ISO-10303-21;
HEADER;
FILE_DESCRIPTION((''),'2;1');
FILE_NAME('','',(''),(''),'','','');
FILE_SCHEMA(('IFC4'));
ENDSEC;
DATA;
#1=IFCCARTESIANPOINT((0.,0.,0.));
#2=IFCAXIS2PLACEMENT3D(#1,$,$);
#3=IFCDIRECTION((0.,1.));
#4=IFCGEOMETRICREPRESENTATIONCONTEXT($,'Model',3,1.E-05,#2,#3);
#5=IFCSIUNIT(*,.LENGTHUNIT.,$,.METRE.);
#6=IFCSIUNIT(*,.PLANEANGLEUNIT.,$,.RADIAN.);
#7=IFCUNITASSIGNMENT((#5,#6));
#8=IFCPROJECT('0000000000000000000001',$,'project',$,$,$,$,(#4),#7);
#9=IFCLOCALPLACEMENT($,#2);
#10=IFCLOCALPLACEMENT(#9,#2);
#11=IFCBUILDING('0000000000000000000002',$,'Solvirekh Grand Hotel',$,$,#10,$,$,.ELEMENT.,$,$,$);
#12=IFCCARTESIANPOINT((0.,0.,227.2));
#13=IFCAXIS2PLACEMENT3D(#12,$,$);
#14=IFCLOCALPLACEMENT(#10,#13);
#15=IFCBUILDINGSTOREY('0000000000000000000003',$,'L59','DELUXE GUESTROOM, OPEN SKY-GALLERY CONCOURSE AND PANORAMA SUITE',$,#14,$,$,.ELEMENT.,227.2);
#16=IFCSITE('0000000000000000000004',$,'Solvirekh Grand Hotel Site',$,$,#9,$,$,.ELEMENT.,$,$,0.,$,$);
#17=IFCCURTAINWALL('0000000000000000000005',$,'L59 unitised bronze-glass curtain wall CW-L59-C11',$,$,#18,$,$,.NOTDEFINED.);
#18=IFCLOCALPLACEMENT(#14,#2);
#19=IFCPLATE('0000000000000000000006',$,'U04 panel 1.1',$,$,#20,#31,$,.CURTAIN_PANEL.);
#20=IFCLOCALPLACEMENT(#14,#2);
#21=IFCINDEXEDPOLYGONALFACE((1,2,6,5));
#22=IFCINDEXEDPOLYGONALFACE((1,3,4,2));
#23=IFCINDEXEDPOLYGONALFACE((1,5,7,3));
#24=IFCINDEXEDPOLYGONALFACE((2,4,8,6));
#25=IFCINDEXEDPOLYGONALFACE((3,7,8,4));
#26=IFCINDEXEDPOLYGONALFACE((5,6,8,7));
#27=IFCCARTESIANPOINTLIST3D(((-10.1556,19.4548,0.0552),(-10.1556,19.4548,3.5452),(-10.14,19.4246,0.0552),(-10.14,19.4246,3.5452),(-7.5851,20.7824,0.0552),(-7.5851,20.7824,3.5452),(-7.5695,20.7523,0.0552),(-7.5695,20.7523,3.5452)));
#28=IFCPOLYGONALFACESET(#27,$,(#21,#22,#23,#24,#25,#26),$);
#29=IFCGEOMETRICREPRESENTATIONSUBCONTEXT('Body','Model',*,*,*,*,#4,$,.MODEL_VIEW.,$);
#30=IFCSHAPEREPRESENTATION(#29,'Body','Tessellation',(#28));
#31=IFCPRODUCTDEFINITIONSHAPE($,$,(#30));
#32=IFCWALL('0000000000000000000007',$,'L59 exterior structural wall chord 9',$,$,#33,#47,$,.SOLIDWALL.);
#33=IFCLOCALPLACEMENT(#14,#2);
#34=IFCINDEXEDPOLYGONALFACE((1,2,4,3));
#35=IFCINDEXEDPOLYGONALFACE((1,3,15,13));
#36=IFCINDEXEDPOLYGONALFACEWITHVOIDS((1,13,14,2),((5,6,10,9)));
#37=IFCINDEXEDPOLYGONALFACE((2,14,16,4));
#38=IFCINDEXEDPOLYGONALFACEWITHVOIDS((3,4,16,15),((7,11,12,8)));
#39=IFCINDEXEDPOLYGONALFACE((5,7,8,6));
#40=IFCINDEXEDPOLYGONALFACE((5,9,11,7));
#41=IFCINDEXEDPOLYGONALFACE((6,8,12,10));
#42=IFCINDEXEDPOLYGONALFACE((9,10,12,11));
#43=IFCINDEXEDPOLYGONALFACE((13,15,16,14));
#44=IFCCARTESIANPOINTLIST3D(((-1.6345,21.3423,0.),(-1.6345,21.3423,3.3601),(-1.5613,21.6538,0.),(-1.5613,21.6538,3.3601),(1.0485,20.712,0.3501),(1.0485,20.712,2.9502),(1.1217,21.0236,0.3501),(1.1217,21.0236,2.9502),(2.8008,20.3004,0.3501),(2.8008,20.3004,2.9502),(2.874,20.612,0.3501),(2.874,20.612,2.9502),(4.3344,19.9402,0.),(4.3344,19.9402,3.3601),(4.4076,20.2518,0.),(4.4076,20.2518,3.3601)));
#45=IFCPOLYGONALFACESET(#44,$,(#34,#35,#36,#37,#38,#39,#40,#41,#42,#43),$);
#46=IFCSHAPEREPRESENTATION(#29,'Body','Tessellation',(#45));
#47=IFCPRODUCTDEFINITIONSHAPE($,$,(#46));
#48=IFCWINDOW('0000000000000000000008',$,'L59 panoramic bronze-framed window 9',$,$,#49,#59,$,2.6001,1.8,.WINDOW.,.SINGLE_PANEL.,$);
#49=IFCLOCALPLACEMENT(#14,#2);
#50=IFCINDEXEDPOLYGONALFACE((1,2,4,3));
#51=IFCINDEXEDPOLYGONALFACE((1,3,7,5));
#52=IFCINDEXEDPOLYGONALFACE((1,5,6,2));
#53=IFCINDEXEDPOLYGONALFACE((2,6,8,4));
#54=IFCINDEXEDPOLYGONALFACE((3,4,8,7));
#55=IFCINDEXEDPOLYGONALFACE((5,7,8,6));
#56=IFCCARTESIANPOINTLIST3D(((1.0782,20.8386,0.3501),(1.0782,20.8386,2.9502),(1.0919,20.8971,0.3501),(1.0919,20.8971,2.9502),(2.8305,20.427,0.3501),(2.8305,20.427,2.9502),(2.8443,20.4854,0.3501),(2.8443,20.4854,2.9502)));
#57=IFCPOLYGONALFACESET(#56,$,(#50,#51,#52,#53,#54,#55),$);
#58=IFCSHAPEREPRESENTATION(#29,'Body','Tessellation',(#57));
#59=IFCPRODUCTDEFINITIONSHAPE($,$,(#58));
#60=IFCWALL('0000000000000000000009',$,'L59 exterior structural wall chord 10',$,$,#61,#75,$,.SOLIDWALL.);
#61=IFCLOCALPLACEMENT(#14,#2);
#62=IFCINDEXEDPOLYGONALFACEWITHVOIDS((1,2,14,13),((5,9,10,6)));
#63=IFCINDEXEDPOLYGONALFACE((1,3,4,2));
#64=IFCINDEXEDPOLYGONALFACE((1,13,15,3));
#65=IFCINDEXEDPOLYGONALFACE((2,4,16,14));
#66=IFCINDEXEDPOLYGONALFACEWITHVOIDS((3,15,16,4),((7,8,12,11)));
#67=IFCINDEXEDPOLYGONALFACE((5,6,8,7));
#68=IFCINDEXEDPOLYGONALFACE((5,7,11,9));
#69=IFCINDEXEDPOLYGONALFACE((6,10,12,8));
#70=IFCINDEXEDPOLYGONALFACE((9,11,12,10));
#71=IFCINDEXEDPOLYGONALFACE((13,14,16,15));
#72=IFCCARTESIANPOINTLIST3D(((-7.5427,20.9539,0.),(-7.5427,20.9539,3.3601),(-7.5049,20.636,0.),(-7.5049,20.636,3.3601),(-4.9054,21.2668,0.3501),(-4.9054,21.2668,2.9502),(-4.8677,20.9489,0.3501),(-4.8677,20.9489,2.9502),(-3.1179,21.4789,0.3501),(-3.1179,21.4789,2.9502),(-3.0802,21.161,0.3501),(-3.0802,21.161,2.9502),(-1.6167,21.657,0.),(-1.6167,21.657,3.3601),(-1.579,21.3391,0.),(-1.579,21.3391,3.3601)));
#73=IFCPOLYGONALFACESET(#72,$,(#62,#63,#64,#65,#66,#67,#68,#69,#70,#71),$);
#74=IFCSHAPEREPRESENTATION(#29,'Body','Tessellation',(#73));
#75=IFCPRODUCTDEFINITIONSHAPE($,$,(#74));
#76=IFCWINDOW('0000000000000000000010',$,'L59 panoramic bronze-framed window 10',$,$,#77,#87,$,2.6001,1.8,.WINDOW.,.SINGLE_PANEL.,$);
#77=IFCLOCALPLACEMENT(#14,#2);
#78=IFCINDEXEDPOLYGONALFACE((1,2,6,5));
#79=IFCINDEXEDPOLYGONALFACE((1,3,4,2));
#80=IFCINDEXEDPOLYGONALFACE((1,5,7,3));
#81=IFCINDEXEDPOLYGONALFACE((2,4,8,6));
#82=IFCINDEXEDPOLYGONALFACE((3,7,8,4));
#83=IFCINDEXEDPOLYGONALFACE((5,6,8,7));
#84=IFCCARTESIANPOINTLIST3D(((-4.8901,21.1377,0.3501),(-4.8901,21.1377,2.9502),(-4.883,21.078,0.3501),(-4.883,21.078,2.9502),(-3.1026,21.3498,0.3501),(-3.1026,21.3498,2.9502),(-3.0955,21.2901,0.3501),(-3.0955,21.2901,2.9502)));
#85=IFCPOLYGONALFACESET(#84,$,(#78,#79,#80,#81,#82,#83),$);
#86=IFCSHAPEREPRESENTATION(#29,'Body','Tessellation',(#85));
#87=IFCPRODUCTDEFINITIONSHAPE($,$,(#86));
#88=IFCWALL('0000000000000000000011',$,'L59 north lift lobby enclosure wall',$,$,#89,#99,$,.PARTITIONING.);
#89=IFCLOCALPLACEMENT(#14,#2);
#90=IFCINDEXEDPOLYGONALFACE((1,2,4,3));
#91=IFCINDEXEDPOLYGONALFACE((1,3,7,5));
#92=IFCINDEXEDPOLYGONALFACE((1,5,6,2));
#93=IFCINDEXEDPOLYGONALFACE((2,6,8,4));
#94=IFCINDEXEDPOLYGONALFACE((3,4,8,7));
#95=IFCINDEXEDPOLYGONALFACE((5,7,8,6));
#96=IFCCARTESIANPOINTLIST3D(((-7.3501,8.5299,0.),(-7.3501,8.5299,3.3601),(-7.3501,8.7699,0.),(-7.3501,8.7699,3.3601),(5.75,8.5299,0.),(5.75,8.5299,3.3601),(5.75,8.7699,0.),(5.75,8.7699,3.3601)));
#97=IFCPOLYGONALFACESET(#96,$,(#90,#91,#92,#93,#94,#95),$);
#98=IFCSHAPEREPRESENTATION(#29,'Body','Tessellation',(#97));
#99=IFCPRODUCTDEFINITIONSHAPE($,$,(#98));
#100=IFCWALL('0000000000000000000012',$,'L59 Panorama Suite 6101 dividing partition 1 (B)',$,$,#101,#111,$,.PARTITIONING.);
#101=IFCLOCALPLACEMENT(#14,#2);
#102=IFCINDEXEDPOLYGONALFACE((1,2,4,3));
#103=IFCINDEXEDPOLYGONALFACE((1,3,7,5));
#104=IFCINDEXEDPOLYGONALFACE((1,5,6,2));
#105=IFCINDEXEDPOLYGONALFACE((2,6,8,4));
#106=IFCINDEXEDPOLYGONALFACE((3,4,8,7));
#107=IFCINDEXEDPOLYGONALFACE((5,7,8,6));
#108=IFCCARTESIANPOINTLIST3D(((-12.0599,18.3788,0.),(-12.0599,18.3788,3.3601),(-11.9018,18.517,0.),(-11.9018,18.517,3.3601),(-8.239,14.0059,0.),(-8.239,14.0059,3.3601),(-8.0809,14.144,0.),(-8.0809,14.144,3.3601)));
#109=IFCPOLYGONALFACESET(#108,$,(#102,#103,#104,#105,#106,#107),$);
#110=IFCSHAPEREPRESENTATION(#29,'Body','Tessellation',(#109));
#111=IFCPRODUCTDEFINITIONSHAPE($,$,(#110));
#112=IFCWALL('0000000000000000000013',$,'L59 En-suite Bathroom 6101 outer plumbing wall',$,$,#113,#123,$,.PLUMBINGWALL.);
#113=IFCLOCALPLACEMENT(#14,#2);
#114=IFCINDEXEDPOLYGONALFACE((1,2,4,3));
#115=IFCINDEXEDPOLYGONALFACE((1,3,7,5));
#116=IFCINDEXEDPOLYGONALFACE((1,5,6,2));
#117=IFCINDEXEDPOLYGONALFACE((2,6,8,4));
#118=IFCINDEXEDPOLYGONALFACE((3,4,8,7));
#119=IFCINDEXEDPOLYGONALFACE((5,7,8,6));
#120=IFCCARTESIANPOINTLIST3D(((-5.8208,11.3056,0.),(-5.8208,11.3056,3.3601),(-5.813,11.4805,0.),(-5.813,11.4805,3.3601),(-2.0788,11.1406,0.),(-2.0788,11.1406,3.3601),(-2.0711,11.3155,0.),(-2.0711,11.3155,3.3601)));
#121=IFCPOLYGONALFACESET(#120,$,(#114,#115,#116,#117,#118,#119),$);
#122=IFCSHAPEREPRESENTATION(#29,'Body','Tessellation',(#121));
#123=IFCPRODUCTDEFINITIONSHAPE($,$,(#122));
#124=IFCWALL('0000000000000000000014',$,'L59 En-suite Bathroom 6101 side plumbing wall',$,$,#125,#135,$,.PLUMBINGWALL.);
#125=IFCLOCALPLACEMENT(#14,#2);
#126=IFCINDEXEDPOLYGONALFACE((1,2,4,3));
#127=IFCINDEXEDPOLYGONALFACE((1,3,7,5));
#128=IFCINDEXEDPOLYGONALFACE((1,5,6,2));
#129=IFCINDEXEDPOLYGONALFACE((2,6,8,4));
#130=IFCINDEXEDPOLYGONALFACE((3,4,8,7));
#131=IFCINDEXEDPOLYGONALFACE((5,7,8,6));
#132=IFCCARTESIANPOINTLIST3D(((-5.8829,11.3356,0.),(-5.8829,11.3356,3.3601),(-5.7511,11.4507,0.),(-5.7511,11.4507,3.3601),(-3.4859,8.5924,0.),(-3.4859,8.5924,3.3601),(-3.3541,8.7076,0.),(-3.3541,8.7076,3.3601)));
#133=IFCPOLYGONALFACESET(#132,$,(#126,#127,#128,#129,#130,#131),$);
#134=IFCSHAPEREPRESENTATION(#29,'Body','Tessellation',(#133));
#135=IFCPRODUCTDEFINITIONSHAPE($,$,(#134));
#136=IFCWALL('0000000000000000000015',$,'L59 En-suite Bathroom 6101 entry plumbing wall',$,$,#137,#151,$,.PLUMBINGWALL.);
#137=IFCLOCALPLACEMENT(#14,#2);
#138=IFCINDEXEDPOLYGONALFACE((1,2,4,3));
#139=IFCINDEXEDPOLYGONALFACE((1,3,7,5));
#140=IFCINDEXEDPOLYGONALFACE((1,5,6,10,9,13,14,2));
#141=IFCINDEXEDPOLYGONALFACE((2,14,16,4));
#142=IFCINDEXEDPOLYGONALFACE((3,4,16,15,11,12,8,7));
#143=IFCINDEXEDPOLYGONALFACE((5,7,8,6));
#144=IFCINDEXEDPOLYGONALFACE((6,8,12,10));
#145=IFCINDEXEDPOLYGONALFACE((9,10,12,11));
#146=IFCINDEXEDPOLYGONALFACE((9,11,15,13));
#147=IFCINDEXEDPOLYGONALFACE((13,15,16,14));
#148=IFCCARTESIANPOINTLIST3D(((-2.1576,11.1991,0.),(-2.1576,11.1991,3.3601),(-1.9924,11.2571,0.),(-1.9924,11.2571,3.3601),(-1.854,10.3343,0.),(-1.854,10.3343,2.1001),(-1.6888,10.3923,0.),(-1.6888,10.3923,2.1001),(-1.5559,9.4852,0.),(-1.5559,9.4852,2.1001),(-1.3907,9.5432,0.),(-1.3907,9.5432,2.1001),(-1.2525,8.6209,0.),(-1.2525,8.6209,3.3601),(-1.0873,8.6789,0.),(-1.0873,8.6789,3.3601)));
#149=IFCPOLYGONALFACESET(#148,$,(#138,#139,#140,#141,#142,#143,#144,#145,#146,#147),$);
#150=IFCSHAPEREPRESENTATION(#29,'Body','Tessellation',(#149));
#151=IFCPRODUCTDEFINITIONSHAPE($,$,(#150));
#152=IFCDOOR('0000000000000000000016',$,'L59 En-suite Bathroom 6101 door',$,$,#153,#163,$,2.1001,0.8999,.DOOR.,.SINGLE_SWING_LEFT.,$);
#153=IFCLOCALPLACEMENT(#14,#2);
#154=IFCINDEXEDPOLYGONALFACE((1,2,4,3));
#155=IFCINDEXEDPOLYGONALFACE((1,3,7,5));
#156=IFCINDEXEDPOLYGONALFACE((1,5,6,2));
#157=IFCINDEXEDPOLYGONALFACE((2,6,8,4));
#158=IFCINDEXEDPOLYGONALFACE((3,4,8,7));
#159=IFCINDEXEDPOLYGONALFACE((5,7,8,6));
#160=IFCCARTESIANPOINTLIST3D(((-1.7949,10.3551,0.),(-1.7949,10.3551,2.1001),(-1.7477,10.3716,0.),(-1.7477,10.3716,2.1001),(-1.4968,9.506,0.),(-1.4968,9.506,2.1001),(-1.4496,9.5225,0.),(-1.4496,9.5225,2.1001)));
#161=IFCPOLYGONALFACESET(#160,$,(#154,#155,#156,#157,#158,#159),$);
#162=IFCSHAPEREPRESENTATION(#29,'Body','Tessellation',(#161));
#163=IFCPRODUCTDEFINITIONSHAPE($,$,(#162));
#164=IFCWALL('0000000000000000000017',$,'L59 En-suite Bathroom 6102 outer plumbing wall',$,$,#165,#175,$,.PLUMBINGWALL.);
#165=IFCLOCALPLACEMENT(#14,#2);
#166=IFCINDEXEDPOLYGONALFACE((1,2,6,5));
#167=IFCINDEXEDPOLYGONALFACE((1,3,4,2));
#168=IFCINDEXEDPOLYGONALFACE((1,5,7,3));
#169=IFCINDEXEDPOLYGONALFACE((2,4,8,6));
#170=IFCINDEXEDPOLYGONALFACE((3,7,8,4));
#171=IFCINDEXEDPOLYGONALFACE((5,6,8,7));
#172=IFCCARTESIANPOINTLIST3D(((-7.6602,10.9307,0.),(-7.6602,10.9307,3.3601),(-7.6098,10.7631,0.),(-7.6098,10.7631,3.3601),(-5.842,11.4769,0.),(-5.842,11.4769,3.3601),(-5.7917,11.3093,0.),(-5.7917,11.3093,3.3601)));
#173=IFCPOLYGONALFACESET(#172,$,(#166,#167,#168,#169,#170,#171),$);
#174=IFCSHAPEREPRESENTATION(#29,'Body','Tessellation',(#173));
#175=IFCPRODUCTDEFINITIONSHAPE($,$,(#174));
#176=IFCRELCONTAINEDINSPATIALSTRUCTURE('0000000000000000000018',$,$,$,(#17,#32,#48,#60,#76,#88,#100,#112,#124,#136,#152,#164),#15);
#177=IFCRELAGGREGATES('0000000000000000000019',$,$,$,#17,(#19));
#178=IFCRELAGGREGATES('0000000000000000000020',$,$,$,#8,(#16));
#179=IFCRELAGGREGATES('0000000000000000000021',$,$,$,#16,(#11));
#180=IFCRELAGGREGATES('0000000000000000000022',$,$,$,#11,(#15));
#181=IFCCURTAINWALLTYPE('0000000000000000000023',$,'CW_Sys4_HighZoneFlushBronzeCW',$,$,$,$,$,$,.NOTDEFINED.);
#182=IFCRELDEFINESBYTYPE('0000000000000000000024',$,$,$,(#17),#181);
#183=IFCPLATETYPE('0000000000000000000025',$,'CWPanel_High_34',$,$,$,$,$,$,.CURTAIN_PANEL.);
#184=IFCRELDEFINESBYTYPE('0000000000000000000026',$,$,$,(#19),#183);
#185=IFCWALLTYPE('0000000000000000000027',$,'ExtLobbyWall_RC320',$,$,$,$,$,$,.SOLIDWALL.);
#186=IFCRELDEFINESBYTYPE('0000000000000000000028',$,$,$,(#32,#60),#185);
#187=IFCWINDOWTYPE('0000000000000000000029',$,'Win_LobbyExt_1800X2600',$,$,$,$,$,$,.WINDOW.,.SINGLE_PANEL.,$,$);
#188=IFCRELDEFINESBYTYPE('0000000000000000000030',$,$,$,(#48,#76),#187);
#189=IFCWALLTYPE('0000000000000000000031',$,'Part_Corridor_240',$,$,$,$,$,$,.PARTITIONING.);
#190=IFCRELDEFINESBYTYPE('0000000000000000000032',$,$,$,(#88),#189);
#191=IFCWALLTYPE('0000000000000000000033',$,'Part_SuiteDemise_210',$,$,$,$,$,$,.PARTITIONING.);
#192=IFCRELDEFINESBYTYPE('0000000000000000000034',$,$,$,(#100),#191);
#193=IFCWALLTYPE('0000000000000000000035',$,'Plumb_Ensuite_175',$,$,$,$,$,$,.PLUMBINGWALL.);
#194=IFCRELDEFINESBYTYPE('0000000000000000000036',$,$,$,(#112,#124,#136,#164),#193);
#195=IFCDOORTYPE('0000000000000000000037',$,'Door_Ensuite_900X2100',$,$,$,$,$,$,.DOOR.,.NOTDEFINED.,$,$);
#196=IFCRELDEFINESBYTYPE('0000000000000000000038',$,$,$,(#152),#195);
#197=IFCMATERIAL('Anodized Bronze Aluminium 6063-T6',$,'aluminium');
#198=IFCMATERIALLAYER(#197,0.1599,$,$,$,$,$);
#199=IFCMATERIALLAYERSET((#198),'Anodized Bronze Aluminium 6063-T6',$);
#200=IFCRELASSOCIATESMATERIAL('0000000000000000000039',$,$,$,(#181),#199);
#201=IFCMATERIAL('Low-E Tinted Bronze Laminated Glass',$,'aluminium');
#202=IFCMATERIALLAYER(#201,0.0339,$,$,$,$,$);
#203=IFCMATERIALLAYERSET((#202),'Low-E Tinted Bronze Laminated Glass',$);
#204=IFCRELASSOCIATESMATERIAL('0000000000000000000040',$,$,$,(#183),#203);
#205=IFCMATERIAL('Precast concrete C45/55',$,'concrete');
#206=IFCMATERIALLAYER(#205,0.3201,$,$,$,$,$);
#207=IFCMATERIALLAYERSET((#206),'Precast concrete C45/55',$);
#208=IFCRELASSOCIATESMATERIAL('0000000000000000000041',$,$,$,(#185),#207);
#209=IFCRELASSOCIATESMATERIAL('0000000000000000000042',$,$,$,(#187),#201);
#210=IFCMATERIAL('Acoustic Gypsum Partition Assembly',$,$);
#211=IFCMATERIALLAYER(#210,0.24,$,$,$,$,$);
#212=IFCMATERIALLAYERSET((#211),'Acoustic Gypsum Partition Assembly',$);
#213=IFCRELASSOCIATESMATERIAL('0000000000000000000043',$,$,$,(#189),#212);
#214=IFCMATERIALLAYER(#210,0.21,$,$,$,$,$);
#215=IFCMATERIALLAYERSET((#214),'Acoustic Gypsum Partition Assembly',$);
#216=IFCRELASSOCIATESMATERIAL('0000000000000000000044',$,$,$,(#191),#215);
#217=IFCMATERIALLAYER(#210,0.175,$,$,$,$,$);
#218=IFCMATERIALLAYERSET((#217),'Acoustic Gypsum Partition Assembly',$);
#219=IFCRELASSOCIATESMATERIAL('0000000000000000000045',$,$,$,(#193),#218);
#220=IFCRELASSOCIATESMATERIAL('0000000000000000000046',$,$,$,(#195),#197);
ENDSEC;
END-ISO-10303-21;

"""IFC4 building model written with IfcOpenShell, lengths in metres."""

from ifc_helpers import new_model, si_unit, direction, frame, frame_2d, origin, origin_2d, place, context, subcontext, project, spatial, rectangle, extrude, source, transform, mapped, material, layer, layer_set, type_object, element, fill, aggregate, save


model = new_model("IFC4")

# Units and contexts
model_context = context("Model", 3, precision=1e-05, world=origin(), true_north=direction((0.0, 1.0)))
body_context = subcontext(model_context, "Body", "Model", "MODEL_VIEW")
ifc_project = project(units=[si_unit("LENGTHUNIT", "METRE"), si_unit("PLANEANGLEUNIT", "RADIAN")], contexts=[model_context])

# Site, building, storey
site_placement = place(None, origin())
site = spatial("IfcSite", under=ifc_project, at=site_placement, Name="Solvirekh Grand Hotel Site", CompositionType="ELEMENT", RefElevation=0.0)
building_placement = place(site_placement, origin())
building = spatial("IfcBuilding", under=site, at=building_placement, Name="Solvirekh Grand Hotel", CompositionType="ELEMENT")
storey_placement = place(building_placement, frame((0.0, 0.0, 227.2)))
storey = spatial("IfcBuildingStorey", under=building, at=storey_placement, Name="L59", Description="DELUXE GUESTROOM, OPEN SKY-GALLERY CONCOURSE AND PANORAMA SUITE", CompositionType="ELEMENT", Elevation=227.2)

# Curtain wall, plate
ifc_material_1 = material(Name="Anodized Bronze Aluminium 6063-T6", Category="aluminium")
ifc_layer_1 = layer(ifc_material_1, 0.1599)
ifc_layer_set_1 = layer_set([ifc_layer_1], Name="Anodized Bronze Aluminium 6063-T6")
curtain_wall_type = type_object("IfcCurtainWallType", Name="CW_Sys4_HighZoneFlushBronzeCW", PredefinedType="NOTDEFINED", material=ifc_layer_set_1)
curtain_wall_placement = place(storey_placement, origin())
curtain_wall = element("IfcCurtainWall", 1, at=curtain_wall_placement, inside=storey, type_object=curtain_wall_type, Name="L59 unitised bronze-glass curtain wall CW-L59-C11", PredefinedType="NOTDEFINED")
ifc_material_2 = material(Name="Low-E Tinted Bronze Laminated Glass", Category="aluminium")
ifc_layer_2 = layer(ifc_material_2, 0.0339)
ifc_layer_set_2 = layer_set([ifc_layer_2], Name="Low-E Tinted Bronze Laminated Glass")
plate_type = type_object("IfcPlateType", Name="CWPanel_High_34", PredefinedType="CURTAIN_PANEL", material=ifc_layer_set_2)
shared_shape_1 = source(origin(), body_context, "Body", "SweptSolid", [
    extrude(rectangle(XDim=2.8931, YDim=0.0339, at=origin_2d()), origin(), (0.0, 0.0, 1.0), 3.49),
])
plate_placement = place(storey_placement, frame((-8.8625, 20.1035, 0.0552), z_axis=(0.0, 0.0, 1.0), x_axis=(-0.888484, -0.458908, 0.0)))
plate = element("IfcPlate", 2, at=plate_placement, type_object=plate_type, Name="U04 panel 1.1", PredefinedType="CURTAIN_PANEL", context=body_context, shape_type="MappedRepresentation", body=[
    mapped(shared_shape_1, transform((0.0, 0.0, 0.0), x_axis=(1.0, 0.0, 0.0), y_axis=(0.0, 1.0, 0.0), z_axis=(0.0, 0.0, 1.0), scale=1.0)),
])
aggregate(curtain_wall, [plate])

# Walls, openings, windows
ifc_material_3 = material(Name="Precast concrete C45/55", Category="concrete")
ifc_layer_3 = layer(ifc_material_3, 0.3201)
ifc_layer_set_3 = layer_set([ifc_layer_3], Name="Precast concrete C45/55")
wall_type_1 = type_object("IfcWallType", Name="ExtLobbyWall_RC320", PredefinedType="SOLIDWALL", material=ifc_layer_set_3)
wall_1_placement = place(storey_placement, frame((-1.5979, 21.498, 0.0), z_axis=(0.0, 0.0, 1.0), x_axis=(0.973503, -0.228673, 0.0)))
wall_1 = element("IfcWall", 3, at=wall_1_placement, inside=storey, type_object=wall_type_1, Name="L59 exterior structural wall chord 9", PredefinedType="SOLIDWALL", context=body_context, shape_type="SweptSolid", body=[
    extrude(rectangle(XDim=6.1313, YDim=0.3201, at=frame_2d((3.0657, 0.0))), origin(), (0.0, 0.0, 1.0), 3.3601),
])
opening_1_placement = place(wall_1_placement, frame((2.7561, 0.0, 0.3501)))
opening_1 = element("IfcOpeningElement", 4, at=opening_1_placement, cuts=wall_1, PredefinedType="OPENING", context=body_context, shape_type="SweptSolid", body=[
    extrude(rectangle(XDim=1.8, YDim=2.6001, at=frame_2d((0.8999, 1.3))), frame((0.0, 0.1699, 0.0), z_axis=(0.0, -1.0, 0.0), x_axis=(1.0, 0.0, 0.0)), (0.0, 0.0, 1.0), 0.3401),
])
window_type = type_object("IfcWindowType", Name="Win_LobbyExt_1800X2600", PartitioningType="SINGLE_PANEL", PredefinedType="WINDOW", material=ifc_material_2)
window_1_placement = place(opening_1_placement, origin())
window_1 = element("IfcWindow", 5, at=window_1_placement, inside=storey, type_object=window_type, Name="L59 panoramic bronze-framed window 9", OverallHeight=2.6001, OverallWidth=1.8, PartitioningType="SINGLE_PANEL", PredefinedType="WINDOW", context=body_context, shape_type="SweptSolid", body=[
    extrude(rectangle(XDim=1.8, YDim=2.6001, at=frame_2d((0.8999, 1.3))), frame((0.0, 0.03, 0.0), z_axis=(0.0, -1.0, 0.0), x_axis=(1.0, 0.0, 0.0)), (0.0, 0.0, 1.0), 0.0601),
])
fill(opening_1, window_1)
wall_2_placement = place(storey_placement, frame((-7.5239, 20.7949, 0.0), z_axis=(0.0, 0.0, 1.0), x_axis=(0.993035, 0.117824, 0.0)))
wall_2 = element("IfcWall", 6, at=wall_2_placement, inside=storey, type_object=wall_type_1, Name="L59 exterior structural wall chord 10", PredefinedType="SOLIDWALL", context=body_context, shape_type="SweptSolid", body=[
    extrude(rectangle(XDim=5.9675, YDim=0.3201, at=frame_2d((2.9839, 0.0))), origin(), (0.0, 0.0, 1.0), 3.3601),
])
opening_2_placement = place(wall_2_placement, frame((2.656, 0.0, 0.3501)))
opening_2 = element("IfcOpeningElement", 7, at=opening_2_placement, cuts=wall_2, PredefinedType="OPENING", context=body_context, shape_type="SweptSolid", body=[
    extrude(rectangle(XDim=1.8, YDim=2.6001, at=frame_2d((0.8999, 1.3))), frame((0.0, 0.1699, 0.0), z_axis=(0.0, -1.0, 0.0), x_axis=(1.0, 0.0, 0.0)), (0.0, 0.0, 1.0), 0.3401),
])
window_2_placement = place(opening_2_placement, origin())
window_2 = element("IfcWindow", 8, at=window_2_placement, inside=storey, type_object=window_type, Name="L59 panoramic bronze-framed window 10", OverallHeight=2.6001, OverallWidth=1.8, PartitioningType="SINGLE_PANEL", PredefinedType="WINDOW", context=body_context, shape_type="SweptSolid", body=[
    extrude(rectangle(XDim=1.8, YDim=2.6001, at=frame_2d((0.8999, 1.3))), frame((0.0, 0.03, 0.0), z_axis=(0.0, -1.0, 0.0), x_axis=(1.0, 0.0, 0.0)), (0.0, 0.0, 1.0), 0.0601),
])
fill(opening_2, window_2)

# Walls
ifc_material_4 = material(Name="Acoustic Gypsum Partition Assembly")
ifc_layer_4 = layer(ifc_material_4, 0.24)
ifc_layer_set_4 = layer_set([ifc_layer_4], Name="Acoustic Gypsum Partition Assembly")
wall_type_2 = type_object("IfcWallType", Name="Part_Corridor_240", PredefinedType="PARTITIONING", material=ifc_layer_set_4)
wall_3_placement = place(storey_placement, frame((-7.3501, 8.6499, 0.0), z_axis=(0.0, 0.0, 1.0), x_axis=(1.0, 0.0, 0.0)))
element("IfcWall", 9, at=wall_3_placement, inside=storey, type_object=wall_type_2, Name="L59 north lift lobby enclosure wall", PredefinedType="PARTITIONING", context=body_context, shape_type="SweptSolid", body=[
    extrude(rectangle(XDim=13.1001, YDim=0.24, at=frame_2d((6.55, 0.0))), origin(), (0.0, 0.0, 1.0), 3.3601),
])
ifc_layer_5 = layer(ifc_material_4, 0.21)
ifc_layer_set_5 = layer_set([ifc_layer_5], Name="Acoustic Gypsum Partition Assembly")
wall_type_3 = type_object("IfcWallType", Name="Part_SuiteDemise_210", PredefinedType="PARTITIONING", material=ifc_layer_set_5)
wall_4_placement = place(storey_placement, frame((-8.1599, 14.075, 0.0), z_axis=(0.0, 0.0, 1.0), x_axis=(-0.657981, 0.753035, 0.0)))
element("IfcWall", 10, at=wall_4_placement, inside=storey, type_object=wall_type_3, Name="L59 Panorama Suite 6101 dividing partition 1 (B)", PredefinedType="PARTITIONING", context=body_context, shape_type="SweptSolid", body=[
    extrude(rectangle(XDim=5.8071, YDim=0.21, at=frame_2d((2.9036, 0.0))), origin(), (0.0, 0.0, 1.0), 3.3601),
])
ifc_layer_6 = layer(ifc_material_4, 0.175)
ifc_layer_set_6 = layer_set([ifc_layer_6], Name="Acoustic Gypsum Partition Assembly")
wall_type_4 = type_object("IfcWallType", Name="Plumb_Ensuite_175", PredefinedType="PLUMBINGWALL", material=ifc_layer_set_6)
wall_5_placement = place(storey_placement, frame((-5.8169, 11.3931, 0.0), z_axis=(0.0, 0.0, 1.0), x_axis=(0.999029, -0.044062, 0.0)))
element("IfcWall", 11, at=wall_5_placement, inside=storey, type_object=wall_type_4, Name="L59 En-suite Bathroom 6101 outer plumbing wall", PredefinedType="PLUMBINGWALL", context=body_context, shape_type="SweptSolid", body=[
    extrude(rectangle(XDim=3.7456, YDim=0.175, at=frame_2d((1.8728, 0.0))), origin(), (0.0, 0.0, 1.0), 3.3601),
])
wall_6_placement = place(storey_placement, frame((-5.8169, 11.3931, 0.0), z_axis=(0.0, 0.0, 1.0), x_axis=(0.657992, -0.753025, 0.0)))
element("IfcWall", 12, at=wall_6_placement, inside=storey, type_object=wall_type_4, Name="L59 En-suite Bathroom 6101 side plumbing wall", PredefinedType="PLUMBINGWALL", context=body_context, shape_type="SweptSolid", body=[
    extrude(rectangle(XDim=3.6428, YDim=0.175, at=frame_2d((1.8213, 0.0))), origin(), (0.0, 0.0, 1.0), 3.3601),
])

# Wall, opening, door
wall_7_placement = place(storey_placement, frame((-1.1699, 8.6499, 0.0), z_axis=(0.0, 0.0, 1.0), x_axis=(-0.331226, 0.943551, 0.0)))
wall_7 = element("IfcWall", 13, at=wall_7_placement, inside=storey, type_object=wall_type_4, Name="L59 En-suite Bathroom 6101 entry plumbing wall", PredefinedType="PLUMBINGWALL", context=body_context, shape_type="SweptSolid", body=[
    extrude(rectangle(XDim=2.7324, YDim=0.175, at=frame_2d((1.3662, 0.0))), origin(), (0.0, 0.0, 1.0), 3.3601),
])
opening_3_placement = place(wall_7_placement, frame((0.916, 0.0, 0.0)))
opening_3 = element("IfcOpeningElement", 14, at=opening_3_placement, cuts=wall_7, PredefinedType="OPENING", context=body_context, shape_type="SweptSolid", body=[
    extrude(rectangle(XDim=0.8999, YDim=2.1001, at=frame_2d((0.45, 1.05))), frame((0.0, 0.0977, 0.0), z_axis=(0.0, -1.0, 0.0), x_axis=(1.0, 0.0, 0.0)), (0.0, 0.0, 1.0), 0.1951),
])
door_type = type_object("IfcDoorType", Name="Door_Ensuite_900X2100", OperationType="NOTDEFINED", PredefinedType="DOOR", material=ifc_material_1)
door_1_placement = place(opening_3_placement, origin())
door_1 = element("IfcDoor", 15, at=door_1_placement, inside=storey, type_object=door_type, Name="L59 En-suite Bathroom 6101 door", OperationType="SINGLE_SWING_LEFT", OverallHeight=2.1001, OverallWidth=0.8999, PredefinedType="DOOR", context=body_context, shape_type="SweptSolid", body=[
    extrude(rectangle(XDim=0.8999, YDim=2.1001, at=frame_2d((0.45, 1.05))), frame((0.0, 0.0249, 0.0), z_axis=(0.0, -1.0, 0.0), x_axis=(1.0, 0.0, 0.0)), (0.0, 0.0, 1.0), 0.05),
])
fill(opening_3, door_1)

# Wall
wall_8_placement = place(storey_placement, frame((-7.635, 10.8469, 0.0), z_axis=(0.0, 0.0, 1.0), x_axis=(0.957724, 0.28769, 0.0)))
element("IfcWall", 16, at=wall_8_placement, inside=storey, type_object=wall_type_4, Name="L59 En-suite Bathroom 6102 outer plumbing wall", PredefinedType="PLUMBINGWALL", context=body_context, shape_type="SweptSolid", body=[
    extrude(rectangle(XDim=1.8984, YDim=0.175, at=frame_2d((0.9492, 0.0))), origin(), (0.0, 0.0, 1.0), 3.3601),
])

save(model, "model.ifc")
